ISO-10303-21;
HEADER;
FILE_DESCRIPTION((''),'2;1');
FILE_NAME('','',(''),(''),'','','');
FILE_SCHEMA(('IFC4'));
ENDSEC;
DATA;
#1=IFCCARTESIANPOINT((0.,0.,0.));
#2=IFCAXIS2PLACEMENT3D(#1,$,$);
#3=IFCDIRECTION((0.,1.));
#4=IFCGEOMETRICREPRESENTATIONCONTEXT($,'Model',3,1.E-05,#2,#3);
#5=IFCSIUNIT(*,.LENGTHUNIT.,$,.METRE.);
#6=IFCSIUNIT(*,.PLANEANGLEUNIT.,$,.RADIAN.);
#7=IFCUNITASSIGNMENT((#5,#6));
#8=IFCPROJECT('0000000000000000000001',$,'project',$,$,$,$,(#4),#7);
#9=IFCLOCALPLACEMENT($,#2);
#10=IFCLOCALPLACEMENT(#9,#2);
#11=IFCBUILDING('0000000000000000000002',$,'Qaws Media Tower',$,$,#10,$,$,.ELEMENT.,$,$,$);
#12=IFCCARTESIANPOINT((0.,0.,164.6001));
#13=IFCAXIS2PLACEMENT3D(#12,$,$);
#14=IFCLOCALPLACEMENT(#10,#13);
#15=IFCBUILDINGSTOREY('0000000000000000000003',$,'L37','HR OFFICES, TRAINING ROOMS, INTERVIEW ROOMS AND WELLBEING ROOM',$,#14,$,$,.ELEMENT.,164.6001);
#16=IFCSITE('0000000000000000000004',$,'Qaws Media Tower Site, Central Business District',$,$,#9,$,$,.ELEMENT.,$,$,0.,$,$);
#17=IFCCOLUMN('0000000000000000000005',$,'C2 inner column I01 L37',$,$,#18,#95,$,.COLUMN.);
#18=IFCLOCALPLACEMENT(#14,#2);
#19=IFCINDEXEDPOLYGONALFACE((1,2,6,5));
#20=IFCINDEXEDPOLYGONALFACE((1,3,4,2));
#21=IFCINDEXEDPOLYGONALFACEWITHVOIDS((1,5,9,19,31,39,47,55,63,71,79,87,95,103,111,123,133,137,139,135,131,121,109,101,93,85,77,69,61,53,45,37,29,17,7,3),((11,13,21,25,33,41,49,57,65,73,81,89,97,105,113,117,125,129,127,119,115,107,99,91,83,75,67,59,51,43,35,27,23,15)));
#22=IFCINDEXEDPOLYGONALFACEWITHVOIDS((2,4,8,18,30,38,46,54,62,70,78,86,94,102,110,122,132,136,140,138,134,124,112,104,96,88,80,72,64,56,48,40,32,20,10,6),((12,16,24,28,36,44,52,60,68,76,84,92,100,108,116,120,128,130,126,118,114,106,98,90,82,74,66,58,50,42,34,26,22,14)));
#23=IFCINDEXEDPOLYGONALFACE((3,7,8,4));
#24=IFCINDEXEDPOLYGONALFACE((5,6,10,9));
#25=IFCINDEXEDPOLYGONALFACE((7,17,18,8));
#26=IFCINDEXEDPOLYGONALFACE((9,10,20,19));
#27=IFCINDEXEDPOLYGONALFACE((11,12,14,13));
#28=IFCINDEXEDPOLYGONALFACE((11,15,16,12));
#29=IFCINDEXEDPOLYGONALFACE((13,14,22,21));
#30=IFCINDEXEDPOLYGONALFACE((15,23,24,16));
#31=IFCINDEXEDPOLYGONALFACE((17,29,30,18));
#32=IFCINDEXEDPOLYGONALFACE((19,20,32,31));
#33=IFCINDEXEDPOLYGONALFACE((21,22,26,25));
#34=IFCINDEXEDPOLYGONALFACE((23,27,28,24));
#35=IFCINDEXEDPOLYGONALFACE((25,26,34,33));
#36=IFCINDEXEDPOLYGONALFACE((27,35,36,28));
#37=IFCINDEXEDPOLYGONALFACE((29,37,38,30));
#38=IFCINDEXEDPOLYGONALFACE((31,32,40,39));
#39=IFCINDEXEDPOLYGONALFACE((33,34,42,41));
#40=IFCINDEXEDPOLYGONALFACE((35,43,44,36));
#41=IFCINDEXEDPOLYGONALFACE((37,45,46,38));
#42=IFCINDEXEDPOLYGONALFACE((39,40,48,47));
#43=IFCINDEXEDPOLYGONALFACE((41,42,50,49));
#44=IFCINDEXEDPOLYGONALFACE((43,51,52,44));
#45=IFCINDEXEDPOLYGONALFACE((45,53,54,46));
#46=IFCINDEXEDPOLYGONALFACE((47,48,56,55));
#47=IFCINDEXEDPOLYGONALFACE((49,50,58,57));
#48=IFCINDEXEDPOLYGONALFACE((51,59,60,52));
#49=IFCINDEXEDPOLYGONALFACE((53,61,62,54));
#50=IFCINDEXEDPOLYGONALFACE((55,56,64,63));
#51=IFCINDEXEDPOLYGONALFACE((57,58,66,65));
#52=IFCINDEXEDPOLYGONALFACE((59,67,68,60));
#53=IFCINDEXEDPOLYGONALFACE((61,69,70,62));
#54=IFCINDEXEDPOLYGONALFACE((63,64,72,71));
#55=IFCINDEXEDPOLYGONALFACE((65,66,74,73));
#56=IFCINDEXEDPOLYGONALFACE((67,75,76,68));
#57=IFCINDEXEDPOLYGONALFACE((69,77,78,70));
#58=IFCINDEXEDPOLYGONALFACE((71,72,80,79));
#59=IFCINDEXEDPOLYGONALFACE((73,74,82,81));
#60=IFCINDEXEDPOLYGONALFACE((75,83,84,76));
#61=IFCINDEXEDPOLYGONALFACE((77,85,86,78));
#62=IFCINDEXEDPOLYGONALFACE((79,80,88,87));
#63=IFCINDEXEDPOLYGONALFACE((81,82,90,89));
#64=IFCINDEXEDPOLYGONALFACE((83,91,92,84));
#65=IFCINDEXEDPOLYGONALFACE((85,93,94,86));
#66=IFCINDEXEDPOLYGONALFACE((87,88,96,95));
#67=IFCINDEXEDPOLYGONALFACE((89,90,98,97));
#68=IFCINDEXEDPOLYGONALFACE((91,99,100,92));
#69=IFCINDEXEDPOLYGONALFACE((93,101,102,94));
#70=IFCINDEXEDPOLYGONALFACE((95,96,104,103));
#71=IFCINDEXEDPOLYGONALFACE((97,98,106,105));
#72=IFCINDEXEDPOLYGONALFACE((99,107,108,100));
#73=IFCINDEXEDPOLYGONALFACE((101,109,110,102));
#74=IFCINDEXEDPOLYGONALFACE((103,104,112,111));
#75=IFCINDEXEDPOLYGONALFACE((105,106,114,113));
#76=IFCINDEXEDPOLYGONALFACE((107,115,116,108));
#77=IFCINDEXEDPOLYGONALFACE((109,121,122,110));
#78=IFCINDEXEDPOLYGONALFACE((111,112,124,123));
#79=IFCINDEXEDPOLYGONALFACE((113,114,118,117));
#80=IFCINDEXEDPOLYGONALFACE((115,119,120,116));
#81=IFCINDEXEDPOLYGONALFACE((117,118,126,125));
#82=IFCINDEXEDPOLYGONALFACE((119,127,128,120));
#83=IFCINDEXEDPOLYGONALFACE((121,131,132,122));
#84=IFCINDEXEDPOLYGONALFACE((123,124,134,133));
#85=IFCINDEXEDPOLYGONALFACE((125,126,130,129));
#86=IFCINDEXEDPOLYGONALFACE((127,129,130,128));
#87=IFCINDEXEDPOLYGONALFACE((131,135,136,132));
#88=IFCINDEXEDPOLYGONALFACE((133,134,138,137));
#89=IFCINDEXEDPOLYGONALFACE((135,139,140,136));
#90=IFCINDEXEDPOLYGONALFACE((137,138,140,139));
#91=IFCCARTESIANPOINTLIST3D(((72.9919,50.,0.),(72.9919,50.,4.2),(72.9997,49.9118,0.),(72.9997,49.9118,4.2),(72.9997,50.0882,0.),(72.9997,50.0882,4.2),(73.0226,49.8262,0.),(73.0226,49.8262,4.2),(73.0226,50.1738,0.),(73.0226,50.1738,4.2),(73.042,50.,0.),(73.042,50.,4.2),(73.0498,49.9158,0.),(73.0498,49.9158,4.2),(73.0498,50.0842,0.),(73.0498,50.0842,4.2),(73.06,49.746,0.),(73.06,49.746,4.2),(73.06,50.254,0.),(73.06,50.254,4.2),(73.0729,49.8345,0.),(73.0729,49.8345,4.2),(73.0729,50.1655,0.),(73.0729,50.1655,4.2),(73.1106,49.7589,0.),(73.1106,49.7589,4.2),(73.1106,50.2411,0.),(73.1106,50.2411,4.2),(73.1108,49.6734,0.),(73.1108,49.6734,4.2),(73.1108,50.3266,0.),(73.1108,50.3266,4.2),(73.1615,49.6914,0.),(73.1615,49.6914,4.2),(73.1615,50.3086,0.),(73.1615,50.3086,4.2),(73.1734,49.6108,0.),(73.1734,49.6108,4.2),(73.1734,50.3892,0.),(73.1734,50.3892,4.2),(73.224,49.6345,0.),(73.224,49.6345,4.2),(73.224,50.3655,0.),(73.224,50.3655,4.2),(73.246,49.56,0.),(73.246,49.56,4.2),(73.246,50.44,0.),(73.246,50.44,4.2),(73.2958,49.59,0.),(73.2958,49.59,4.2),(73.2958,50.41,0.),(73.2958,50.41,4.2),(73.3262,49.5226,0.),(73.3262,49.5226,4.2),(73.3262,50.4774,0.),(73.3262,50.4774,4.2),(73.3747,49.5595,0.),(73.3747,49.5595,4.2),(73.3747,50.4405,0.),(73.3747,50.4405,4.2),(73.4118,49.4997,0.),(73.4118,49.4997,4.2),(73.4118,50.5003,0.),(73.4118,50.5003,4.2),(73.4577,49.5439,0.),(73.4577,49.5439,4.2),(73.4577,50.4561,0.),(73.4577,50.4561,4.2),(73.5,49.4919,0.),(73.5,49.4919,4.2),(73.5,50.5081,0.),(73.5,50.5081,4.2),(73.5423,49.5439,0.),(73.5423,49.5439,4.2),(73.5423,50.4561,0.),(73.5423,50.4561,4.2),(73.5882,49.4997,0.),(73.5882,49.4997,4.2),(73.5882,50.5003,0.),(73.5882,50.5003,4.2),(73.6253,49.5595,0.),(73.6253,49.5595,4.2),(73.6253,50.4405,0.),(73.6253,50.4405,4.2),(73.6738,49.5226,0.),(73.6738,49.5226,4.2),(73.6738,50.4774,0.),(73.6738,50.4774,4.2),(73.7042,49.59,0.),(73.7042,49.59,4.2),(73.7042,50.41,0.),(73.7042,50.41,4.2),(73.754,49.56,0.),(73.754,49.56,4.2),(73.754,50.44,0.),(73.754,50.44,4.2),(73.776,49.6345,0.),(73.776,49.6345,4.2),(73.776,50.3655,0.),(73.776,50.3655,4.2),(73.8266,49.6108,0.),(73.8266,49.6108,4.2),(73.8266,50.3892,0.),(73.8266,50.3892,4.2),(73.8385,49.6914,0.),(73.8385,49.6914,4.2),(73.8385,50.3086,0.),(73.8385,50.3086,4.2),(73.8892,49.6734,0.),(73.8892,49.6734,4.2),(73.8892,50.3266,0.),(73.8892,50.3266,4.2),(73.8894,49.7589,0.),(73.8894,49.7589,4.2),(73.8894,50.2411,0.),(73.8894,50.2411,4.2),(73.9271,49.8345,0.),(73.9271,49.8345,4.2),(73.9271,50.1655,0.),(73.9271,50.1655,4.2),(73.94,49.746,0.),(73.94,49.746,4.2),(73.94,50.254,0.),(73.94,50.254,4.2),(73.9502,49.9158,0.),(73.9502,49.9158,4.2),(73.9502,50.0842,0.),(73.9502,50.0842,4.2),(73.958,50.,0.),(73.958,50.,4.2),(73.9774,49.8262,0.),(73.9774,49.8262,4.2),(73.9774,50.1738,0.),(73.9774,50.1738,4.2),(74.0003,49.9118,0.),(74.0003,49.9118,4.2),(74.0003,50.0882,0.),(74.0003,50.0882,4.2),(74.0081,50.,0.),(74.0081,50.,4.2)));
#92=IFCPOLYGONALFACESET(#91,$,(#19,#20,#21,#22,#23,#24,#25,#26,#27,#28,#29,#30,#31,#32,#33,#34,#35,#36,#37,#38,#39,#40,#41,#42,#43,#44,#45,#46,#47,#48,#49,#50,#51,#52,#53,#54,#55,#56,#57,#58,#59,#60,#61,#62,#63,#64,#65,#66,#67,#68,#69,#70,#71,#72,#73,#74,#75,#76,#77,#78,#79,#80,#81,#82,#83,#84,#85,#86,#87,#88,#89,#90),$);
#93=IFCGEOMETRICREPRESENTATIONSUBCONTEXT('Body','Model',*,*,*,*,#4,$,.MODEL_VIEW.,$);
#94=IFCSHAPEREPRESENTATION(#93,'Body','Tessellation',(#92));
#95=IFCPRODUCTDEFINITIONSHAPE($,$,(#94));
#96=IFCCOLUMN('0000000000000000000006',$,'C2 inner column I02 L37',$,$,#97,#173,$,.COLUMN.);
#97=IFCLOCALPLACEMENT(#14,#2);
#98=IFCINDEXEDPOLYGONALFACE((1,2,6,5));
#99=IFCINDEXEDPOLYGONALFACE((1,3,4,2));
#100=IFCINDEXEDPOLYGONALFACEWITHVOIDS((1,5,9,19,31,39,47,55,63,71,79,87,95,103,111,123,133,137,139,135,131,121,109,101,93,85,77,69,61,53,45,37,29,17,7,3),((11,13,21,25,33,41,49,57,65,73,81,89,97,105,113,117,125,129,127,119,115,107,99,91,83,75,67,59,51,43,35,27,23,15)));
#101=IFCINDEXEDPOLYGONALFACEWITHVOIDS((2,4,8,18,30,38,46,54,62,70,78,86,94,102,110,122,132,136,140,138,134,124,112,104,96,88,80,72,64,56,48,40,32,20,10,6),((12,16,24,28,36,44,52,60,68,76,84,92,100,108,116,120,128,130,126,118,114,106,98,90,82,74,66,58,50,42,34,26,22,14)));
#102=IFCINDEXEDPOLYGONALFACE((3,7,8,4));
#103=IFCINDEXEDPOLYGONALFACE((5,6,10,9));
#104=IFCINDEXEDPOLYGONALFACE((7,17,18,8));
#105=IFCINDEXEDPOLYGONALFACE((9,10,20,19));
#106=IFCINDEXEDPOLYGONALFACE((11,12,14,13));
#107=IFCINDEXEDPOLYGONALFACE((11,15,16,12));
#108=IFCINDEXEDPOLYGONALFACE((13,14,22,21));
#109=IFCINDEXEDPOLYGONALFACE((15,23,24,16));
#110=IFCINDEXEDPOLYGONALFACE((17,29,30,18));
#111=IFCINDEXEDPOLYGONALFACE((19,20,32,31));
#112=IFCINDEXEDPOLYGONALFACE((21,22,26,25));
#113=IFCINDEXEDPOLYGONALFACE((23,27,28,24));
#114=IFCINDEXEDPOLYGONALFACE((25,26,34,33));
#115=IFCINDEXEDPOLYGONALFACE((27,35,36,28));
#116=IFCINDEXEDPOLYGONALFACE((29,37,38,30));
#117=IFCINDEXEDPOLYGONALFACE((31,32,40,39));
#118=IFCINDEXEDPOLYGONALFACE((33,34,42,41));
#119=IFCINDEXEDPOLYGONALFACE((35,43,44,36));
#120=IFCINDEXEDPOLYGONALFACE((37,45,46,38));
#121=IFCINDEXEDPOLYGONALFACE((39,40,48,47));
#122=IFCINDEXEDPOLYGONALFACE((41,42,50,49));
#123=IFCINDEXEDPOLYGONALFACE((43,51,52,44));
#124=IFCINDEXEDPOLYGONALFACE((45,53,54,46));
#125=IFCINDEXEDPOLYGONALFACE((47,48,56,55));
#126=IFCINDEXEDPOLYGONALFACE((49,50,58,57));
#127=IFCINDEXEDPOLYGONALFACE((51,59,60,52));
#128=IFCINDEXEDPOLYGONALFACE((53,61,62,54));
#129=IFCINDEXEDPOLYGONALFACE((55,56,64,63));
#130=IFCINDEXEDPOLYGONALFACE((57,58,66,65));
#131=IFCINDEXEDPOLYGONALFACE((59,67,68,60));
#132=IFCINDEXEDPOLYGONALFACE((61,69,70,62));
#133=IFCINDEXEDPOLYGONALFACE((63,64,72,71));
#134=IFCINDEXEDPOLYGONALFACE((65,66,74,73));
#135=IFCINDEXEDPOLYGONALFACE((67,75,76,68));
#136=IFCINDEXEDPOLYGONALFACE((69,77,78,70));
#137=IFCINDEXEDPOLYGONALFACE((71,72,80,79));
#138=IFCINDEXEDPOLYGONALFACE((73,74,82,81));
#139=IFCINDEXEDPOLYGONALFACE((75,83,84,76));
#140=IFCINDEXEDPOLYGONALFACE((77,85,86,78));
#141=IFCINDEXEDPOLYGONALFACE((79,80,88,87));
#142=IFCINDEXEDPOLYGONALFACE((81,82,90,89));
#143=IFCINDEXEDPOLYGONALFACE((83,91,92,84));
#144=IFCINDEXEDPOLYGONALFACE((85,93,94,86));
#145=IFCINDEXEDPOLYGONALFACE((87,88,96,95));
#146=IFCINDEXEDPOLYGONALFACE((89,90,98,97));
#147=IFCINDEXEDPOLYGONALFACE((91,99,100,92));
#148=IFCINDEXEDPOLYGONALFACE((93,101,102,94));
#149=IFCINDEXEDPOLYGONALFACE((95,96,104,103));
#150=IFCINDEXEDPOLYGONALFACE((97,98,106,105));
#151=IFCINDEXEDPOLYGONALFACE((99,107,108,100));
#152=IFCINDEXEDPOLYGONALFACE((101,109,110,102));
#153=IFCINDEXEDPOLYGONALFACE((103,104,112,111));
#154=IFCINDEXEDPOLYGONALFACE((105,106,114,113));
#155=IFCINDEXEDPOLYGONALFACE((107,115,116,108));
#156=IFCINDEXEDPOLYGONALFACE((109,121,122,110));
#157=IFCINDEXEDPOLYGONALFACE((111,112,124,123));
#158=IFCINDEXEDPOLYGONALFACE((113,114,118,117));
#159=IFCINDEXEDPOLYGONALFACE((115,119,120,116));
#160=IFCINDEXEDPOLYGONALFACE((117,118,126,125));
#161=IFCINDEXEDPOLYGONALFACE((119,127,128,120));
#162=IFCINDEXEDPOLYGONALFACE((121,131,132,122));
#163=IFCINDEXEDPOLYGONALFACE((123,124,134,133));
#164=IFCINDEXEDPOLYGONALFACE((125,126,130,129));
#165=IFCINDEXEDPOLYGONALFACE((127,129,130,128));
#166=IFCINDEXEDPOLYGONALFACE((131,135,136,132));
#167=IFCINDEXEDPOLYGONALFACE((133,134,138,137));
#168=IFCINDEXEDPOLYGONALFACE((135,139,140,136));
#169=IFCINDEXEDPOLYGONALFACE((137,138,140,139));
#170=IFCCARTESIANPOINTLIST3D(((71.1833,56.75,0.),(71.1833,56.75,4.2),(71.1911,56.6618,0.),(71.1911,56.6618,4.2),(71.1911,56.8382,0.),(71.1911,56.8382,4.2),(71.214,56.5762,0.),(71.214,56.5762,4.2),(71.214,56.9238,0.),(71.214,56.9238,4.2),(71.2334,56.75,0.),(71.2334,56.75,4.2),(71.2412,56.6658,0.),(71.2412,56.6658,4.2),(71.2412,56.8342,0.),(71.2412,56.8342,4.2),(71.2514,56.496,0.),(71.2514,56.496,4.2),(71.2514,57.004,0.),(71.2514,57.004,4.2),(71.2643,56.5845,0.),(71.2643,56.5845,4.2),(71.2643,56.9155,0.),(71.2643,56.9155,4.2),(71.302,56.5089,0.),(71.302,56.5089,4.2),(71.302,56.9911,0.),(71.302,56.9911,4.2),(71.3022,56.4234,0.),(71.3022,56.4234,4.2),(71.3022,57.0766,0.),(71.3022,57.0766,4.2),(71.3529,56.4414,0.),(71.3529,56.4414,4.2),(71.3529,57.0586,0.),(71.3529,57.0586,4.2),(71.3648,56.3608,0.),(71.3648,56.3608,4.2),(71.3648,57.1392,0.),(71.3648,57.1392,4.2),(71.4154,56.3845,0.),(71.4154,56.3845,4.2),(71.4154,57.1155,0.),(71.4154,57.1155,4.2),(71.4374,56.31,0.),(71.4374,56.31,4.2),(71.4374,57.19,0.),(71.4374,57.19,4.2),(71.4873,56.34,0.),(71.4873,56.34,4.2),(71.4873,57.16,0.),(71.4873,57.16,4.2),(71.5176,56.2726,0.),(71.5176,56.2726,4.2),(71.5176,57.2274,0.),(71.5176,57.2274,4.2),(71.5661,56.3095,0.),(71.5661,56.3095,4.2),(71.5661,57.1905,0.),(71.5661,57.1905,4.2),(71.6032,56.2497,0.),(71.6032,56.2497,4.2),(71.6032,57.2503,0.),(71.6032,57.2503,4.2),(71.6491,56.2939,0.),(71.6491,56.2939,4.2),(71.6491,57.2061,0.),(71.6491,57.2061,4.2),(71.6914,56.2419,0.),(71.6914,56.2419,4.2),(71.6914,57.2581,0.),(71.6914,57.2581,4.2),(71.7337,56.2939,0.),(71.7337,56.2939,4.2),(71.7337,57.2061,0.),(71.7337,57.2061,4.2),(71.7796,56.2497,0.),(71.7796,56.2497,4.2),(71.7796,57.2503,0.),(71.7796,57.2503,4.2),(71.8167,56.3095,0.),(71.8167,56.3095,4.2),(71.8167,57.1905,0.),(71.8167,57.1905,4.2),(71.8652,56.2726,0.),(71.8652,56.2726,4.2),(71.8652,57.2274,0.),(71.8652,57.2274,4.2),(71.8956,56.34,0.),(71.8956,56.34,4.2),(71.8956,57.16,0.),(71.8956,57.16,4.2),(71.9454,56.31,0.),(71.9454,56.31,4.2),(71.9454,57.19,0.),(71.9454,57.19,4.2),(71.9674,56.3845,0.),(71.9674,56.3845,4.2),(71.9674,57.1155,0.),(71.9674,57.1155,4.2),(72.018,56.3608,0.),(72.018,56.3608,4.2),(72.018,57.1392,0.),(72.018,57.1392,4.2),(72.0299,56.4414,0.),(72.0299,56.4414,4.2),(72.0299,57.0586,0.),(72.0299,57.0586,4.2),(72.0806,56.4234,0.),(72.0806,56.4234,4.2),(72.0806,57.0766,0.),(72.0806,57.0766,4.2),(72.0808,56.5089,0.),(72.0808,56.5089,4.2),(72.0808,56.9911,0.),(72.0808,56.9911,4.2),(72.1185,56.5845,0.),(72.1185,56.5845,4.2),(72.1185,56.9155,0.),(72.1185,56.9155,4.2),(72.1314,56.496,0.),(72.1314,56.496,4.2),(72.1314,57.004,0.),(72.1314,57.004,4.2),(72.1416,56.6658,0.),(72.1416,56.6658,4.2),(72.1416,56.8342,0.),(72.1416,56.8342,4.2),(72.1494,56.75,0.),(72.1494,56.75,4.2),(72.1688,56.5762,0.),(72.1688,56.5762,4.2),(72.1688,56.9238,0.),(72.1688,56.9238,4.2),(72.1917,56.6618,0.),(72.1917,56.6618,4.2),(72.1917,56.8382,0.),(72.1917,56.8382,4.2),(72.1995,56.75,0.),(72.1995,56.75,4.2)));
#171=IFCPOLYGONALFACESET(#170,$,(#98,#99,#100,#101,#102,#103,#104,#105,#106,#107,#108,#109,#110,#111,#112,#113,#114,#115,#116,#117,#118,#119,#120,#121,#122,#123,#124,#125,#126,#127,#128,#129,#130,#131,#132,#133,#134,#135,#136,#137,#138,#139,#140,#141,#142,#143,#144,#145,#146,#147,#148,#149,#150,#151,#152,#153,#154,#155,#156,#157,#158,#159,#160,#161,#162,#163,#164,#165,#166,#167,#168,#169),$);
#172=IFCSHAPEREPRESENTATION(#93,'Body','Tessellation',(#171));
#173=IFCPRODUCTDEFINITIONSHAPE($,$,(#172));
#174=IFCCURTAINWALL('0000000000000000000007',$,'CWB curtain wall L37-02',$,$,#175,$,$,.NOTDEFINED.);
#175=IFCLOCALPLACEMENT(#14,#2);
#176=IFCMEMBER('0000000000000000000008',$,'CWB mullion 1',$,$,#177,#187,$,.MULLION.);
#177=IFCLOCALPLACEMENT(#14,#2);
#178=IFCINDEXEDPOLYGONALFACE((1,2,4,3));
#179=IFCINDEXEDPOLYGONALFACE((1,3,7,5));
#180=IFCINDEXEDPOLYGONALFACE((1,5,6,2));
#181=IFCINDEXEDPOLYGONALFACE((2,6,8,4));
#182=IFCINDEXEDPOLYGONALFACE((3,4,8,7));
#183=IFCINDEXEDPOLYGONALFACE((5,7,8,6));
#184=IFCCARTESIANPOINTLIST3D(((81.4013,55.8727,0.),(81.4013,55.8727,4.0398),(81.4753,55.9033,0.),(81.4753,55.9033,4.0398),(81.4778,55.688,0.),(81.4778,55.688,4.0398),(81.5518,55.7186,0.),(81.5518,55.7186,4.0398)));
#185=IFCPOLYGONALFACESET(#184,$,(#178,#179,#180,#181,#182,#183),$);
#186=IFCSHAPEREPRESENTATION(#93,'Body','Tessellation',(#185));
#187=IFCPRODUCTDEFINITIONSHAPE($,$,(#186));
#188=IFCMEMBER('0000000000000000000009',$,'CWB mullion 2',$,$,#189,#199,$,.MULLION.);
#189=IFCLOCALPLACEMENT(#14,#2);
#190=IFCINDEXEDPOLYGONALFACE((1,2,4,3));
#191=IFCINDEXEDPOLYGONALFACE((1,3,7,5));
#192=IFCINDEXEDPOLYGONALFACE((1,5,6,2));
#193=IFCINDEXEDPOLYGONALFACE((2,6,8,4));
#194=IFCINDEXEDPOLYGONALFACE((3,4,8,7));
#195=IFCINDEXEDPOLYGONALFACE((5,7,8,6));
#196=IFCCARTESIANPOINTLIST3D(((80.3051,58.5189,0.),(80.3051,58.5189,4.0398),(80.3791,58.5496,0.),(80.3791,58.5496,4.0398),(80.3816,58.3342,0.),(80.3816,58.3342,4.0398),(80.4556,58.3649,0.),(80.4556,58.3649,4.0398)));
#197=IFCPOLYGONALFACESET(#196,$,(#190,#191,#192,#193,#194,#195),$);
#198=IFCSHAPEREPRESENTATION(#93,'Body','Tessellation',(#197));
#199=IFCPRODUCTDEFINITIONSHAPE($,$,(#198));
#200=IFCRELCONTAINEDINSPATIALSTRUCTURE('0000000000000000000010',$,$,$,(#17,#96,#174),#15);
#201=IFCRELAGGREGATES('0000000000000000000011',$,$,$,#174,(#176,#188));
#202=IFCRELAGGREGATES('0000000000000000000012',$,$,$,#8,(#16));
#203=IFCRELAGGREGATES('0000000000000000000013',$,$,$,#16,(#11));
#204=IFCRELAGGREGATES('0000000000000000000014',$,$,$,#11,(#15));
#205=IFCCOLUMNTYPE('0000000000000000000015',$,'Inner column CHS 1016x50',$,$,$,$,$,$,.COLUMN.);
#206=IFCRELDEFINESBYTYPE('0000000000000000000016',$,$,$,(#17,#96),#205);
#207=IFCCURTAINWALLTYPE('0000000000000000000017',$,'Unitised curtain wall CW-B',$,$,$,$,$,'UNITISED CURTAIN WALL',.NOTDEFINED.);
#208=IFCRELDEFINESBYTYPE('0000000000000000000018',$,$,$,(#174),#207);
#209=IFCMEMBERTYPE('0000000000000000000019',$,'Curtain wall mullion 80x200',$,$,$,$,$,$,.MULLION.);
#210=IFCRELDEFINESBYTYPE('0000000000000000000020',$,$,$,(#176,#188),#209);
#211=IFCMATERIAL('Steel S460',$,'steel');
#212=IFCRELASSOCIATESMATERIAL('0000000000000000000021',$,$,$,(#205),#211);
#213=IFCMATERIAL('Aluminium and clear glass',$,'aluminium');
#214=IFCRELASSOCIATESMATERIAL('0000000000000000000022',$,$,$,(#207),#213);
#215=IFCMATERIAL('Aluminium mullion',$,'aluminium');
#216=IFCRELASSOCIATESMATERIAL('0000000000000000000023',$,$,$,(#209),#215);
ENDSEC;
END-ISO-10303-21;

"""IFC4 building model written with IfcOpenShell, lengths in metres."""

from ifc_helpers import new_model, si_unit, direction, frame, origin, origin_2d, place, context, subcontext, project, spatial, rectangle, hollow_circle, extrude, material, material_profile, profile_set, type_object, element, aggregate, save


model = new_model("IFC4")

# Units and contexts
model_context = context("Model", 3, precision=1e-05, world=origin(), true_north=direction((0.0, 1.0)))
body_context = subcontext(model_context, "Body", "Model", "MODEL_VIEW")
ifc_project = project(units=[si_unit("LENGTHUNIT", "METRE"), si_unit("PLANEANGLEUNIT", "RADIAN")], contexts=[model_context])

# Site, building, storey
site_placement = place(None, origin())
site = spatial("IfcSite", under=ifc_project, at=site_placement, Name="Qaws Media Tower Site, Central Business District", CompositionType="ELEMENT", RefElevation=0.0)
building_placement = place(site_placement, origin())
building = spatial("IfcBuilding", under=site, at=building_placement, Name="Qaws Media Tower", CompositionType="ELEMENT")
storey_placement = place(building_placement, frame((0.0, 0.0, 164.6001)))
storey = spatial("IfcBuildingStorey", under=building, at=storey_placement, Name="L37", Description="HR OFFICES, TRAINING ROOMS, INTERVIEW ROOMS AND WELLBEING ROOM", CompositionType="ELEMENT", Elevation=164.6001)

# Columns
ifc_material_1 = material(Name="Steel S460", Category="steel")
ifc_material_profile_1 = material_profile(ifc_material_1, hollow_circle(Radius=0.5081, WallThickness=0.05, at=origin_2d()), Name="CHS 1016x50")
ifc_profile_set_1 = profile_set([ifc_material_profile_1], Name="Steel S460")
column_type = type_object("IfcColumnType", Name="Inner column CHS 1016x50", PredefinedType="COLUMN", material=ifc_profile_set_1)
for number, where, z_axis, x_axis, name in (
    (1, (73.5, 50.0, 0.0), (0.0, 0.0, 1.0), (1.0, 0.0, 0.0), "C2 inner column I01 L37"),
    (2, (71.6914, 56.75, 0.0), (0.0, 0.0, 1.0), (1.0, 0.0, 0.0), "C2 inner column I02 L37"),
):
    element("IfcColumn", number, at=place(storey_placement, frame(where, z_axis=z_axis, x_axis=x_axis)), inside=storey, type_object=column_type, Name=name, PredefinedType="COLUMN", context=body_context, shape_type="SweptSolid", body=[
        extrude(hollow_circle(Radius=0.5081, WallThickness=0.05, at=origin_2d()), origin(), (0.0, 0.0, 1.0), 4.2),
    ])

# Curtain wall, members
ifc_material_2 = material(Name="Aluminium and clear glass", Category="aluminium")
curtain_wall_type = type_object("IfcCurtainWallType", Name="Unitised curtain wall CW-B", ElementType="UNITISED CURTAIN WALL", PredefinedType="NOTDEFINED", material=ifc_material_2)
curtain_wall_1_placement = place(storey_placement, origin())
curtain_wall_1 = element("IfcCurtainWall", 3, at=curtain_wall_1_placement, inside=storey, type_object=curtain_wall_type, Name="CWB curtain wall L37-02", PredefinedType="NOTDEFINED")
ifc_material_3 = material(Name="Aluminium mullion", Category="aluminium")
ifc_material_profile_2 = material_profile(ifc_material_3, rectangle(XDim=0.0801, YDim=0.2, at=origin_2d()), Name="80x200")
ifc_profile_set_2 = profile_set([ifc_material_profile_2], Name="Aluminium mullion")
member_type_1 = type_object("IfcMemberType", Name="Curtain wall mullion 80x200", PredefinedType="MULLION", material=ifc_profile_set_2)
member_1_placement = place(storey_placement, frame((81.4766, 55.7957, 0.0), z_axis=(0.0, 0.0, 1.0), x_axis=(-0.923879, -0.382684, 0.0)))
member_1 = element("IfcMember", 4, at=member_1_placement, type_object=member_type_1, Name="CWB mullion 1", PredefinedType="MULLION", context=body_context, shape_type="SweptSolid", body=[
    extrude(rectangle(XDim=0.0801, YDim=0.2, at=origin_2d()), origin(), (0.0, 0.0, 1.0), 4.0398),
])
member_2_placement = place(storey_placement, frame((80.3804, 58.4419, 0.0), z_axis=(0.0, 0.0, 1.0), x_axis=(-0.923879, -0.382684, 0.0)))
member_2 = element("IfcMember", 5, at=member_2_placement, type_object=member_type_1, Name="CWB mullion 2", PredefinedType="MULLION", context=body_context, shape_type="SweptSolid", body=[
    extrude(rectangle(XDim=0.0801, YDim=0.2, at=origin_2d()), origin(), (0.0, 0.0, 1.0), 4.0398),
])

aggregate(curtain_wall_1, [member_1, member_2])

save(model, "model.ifc")
